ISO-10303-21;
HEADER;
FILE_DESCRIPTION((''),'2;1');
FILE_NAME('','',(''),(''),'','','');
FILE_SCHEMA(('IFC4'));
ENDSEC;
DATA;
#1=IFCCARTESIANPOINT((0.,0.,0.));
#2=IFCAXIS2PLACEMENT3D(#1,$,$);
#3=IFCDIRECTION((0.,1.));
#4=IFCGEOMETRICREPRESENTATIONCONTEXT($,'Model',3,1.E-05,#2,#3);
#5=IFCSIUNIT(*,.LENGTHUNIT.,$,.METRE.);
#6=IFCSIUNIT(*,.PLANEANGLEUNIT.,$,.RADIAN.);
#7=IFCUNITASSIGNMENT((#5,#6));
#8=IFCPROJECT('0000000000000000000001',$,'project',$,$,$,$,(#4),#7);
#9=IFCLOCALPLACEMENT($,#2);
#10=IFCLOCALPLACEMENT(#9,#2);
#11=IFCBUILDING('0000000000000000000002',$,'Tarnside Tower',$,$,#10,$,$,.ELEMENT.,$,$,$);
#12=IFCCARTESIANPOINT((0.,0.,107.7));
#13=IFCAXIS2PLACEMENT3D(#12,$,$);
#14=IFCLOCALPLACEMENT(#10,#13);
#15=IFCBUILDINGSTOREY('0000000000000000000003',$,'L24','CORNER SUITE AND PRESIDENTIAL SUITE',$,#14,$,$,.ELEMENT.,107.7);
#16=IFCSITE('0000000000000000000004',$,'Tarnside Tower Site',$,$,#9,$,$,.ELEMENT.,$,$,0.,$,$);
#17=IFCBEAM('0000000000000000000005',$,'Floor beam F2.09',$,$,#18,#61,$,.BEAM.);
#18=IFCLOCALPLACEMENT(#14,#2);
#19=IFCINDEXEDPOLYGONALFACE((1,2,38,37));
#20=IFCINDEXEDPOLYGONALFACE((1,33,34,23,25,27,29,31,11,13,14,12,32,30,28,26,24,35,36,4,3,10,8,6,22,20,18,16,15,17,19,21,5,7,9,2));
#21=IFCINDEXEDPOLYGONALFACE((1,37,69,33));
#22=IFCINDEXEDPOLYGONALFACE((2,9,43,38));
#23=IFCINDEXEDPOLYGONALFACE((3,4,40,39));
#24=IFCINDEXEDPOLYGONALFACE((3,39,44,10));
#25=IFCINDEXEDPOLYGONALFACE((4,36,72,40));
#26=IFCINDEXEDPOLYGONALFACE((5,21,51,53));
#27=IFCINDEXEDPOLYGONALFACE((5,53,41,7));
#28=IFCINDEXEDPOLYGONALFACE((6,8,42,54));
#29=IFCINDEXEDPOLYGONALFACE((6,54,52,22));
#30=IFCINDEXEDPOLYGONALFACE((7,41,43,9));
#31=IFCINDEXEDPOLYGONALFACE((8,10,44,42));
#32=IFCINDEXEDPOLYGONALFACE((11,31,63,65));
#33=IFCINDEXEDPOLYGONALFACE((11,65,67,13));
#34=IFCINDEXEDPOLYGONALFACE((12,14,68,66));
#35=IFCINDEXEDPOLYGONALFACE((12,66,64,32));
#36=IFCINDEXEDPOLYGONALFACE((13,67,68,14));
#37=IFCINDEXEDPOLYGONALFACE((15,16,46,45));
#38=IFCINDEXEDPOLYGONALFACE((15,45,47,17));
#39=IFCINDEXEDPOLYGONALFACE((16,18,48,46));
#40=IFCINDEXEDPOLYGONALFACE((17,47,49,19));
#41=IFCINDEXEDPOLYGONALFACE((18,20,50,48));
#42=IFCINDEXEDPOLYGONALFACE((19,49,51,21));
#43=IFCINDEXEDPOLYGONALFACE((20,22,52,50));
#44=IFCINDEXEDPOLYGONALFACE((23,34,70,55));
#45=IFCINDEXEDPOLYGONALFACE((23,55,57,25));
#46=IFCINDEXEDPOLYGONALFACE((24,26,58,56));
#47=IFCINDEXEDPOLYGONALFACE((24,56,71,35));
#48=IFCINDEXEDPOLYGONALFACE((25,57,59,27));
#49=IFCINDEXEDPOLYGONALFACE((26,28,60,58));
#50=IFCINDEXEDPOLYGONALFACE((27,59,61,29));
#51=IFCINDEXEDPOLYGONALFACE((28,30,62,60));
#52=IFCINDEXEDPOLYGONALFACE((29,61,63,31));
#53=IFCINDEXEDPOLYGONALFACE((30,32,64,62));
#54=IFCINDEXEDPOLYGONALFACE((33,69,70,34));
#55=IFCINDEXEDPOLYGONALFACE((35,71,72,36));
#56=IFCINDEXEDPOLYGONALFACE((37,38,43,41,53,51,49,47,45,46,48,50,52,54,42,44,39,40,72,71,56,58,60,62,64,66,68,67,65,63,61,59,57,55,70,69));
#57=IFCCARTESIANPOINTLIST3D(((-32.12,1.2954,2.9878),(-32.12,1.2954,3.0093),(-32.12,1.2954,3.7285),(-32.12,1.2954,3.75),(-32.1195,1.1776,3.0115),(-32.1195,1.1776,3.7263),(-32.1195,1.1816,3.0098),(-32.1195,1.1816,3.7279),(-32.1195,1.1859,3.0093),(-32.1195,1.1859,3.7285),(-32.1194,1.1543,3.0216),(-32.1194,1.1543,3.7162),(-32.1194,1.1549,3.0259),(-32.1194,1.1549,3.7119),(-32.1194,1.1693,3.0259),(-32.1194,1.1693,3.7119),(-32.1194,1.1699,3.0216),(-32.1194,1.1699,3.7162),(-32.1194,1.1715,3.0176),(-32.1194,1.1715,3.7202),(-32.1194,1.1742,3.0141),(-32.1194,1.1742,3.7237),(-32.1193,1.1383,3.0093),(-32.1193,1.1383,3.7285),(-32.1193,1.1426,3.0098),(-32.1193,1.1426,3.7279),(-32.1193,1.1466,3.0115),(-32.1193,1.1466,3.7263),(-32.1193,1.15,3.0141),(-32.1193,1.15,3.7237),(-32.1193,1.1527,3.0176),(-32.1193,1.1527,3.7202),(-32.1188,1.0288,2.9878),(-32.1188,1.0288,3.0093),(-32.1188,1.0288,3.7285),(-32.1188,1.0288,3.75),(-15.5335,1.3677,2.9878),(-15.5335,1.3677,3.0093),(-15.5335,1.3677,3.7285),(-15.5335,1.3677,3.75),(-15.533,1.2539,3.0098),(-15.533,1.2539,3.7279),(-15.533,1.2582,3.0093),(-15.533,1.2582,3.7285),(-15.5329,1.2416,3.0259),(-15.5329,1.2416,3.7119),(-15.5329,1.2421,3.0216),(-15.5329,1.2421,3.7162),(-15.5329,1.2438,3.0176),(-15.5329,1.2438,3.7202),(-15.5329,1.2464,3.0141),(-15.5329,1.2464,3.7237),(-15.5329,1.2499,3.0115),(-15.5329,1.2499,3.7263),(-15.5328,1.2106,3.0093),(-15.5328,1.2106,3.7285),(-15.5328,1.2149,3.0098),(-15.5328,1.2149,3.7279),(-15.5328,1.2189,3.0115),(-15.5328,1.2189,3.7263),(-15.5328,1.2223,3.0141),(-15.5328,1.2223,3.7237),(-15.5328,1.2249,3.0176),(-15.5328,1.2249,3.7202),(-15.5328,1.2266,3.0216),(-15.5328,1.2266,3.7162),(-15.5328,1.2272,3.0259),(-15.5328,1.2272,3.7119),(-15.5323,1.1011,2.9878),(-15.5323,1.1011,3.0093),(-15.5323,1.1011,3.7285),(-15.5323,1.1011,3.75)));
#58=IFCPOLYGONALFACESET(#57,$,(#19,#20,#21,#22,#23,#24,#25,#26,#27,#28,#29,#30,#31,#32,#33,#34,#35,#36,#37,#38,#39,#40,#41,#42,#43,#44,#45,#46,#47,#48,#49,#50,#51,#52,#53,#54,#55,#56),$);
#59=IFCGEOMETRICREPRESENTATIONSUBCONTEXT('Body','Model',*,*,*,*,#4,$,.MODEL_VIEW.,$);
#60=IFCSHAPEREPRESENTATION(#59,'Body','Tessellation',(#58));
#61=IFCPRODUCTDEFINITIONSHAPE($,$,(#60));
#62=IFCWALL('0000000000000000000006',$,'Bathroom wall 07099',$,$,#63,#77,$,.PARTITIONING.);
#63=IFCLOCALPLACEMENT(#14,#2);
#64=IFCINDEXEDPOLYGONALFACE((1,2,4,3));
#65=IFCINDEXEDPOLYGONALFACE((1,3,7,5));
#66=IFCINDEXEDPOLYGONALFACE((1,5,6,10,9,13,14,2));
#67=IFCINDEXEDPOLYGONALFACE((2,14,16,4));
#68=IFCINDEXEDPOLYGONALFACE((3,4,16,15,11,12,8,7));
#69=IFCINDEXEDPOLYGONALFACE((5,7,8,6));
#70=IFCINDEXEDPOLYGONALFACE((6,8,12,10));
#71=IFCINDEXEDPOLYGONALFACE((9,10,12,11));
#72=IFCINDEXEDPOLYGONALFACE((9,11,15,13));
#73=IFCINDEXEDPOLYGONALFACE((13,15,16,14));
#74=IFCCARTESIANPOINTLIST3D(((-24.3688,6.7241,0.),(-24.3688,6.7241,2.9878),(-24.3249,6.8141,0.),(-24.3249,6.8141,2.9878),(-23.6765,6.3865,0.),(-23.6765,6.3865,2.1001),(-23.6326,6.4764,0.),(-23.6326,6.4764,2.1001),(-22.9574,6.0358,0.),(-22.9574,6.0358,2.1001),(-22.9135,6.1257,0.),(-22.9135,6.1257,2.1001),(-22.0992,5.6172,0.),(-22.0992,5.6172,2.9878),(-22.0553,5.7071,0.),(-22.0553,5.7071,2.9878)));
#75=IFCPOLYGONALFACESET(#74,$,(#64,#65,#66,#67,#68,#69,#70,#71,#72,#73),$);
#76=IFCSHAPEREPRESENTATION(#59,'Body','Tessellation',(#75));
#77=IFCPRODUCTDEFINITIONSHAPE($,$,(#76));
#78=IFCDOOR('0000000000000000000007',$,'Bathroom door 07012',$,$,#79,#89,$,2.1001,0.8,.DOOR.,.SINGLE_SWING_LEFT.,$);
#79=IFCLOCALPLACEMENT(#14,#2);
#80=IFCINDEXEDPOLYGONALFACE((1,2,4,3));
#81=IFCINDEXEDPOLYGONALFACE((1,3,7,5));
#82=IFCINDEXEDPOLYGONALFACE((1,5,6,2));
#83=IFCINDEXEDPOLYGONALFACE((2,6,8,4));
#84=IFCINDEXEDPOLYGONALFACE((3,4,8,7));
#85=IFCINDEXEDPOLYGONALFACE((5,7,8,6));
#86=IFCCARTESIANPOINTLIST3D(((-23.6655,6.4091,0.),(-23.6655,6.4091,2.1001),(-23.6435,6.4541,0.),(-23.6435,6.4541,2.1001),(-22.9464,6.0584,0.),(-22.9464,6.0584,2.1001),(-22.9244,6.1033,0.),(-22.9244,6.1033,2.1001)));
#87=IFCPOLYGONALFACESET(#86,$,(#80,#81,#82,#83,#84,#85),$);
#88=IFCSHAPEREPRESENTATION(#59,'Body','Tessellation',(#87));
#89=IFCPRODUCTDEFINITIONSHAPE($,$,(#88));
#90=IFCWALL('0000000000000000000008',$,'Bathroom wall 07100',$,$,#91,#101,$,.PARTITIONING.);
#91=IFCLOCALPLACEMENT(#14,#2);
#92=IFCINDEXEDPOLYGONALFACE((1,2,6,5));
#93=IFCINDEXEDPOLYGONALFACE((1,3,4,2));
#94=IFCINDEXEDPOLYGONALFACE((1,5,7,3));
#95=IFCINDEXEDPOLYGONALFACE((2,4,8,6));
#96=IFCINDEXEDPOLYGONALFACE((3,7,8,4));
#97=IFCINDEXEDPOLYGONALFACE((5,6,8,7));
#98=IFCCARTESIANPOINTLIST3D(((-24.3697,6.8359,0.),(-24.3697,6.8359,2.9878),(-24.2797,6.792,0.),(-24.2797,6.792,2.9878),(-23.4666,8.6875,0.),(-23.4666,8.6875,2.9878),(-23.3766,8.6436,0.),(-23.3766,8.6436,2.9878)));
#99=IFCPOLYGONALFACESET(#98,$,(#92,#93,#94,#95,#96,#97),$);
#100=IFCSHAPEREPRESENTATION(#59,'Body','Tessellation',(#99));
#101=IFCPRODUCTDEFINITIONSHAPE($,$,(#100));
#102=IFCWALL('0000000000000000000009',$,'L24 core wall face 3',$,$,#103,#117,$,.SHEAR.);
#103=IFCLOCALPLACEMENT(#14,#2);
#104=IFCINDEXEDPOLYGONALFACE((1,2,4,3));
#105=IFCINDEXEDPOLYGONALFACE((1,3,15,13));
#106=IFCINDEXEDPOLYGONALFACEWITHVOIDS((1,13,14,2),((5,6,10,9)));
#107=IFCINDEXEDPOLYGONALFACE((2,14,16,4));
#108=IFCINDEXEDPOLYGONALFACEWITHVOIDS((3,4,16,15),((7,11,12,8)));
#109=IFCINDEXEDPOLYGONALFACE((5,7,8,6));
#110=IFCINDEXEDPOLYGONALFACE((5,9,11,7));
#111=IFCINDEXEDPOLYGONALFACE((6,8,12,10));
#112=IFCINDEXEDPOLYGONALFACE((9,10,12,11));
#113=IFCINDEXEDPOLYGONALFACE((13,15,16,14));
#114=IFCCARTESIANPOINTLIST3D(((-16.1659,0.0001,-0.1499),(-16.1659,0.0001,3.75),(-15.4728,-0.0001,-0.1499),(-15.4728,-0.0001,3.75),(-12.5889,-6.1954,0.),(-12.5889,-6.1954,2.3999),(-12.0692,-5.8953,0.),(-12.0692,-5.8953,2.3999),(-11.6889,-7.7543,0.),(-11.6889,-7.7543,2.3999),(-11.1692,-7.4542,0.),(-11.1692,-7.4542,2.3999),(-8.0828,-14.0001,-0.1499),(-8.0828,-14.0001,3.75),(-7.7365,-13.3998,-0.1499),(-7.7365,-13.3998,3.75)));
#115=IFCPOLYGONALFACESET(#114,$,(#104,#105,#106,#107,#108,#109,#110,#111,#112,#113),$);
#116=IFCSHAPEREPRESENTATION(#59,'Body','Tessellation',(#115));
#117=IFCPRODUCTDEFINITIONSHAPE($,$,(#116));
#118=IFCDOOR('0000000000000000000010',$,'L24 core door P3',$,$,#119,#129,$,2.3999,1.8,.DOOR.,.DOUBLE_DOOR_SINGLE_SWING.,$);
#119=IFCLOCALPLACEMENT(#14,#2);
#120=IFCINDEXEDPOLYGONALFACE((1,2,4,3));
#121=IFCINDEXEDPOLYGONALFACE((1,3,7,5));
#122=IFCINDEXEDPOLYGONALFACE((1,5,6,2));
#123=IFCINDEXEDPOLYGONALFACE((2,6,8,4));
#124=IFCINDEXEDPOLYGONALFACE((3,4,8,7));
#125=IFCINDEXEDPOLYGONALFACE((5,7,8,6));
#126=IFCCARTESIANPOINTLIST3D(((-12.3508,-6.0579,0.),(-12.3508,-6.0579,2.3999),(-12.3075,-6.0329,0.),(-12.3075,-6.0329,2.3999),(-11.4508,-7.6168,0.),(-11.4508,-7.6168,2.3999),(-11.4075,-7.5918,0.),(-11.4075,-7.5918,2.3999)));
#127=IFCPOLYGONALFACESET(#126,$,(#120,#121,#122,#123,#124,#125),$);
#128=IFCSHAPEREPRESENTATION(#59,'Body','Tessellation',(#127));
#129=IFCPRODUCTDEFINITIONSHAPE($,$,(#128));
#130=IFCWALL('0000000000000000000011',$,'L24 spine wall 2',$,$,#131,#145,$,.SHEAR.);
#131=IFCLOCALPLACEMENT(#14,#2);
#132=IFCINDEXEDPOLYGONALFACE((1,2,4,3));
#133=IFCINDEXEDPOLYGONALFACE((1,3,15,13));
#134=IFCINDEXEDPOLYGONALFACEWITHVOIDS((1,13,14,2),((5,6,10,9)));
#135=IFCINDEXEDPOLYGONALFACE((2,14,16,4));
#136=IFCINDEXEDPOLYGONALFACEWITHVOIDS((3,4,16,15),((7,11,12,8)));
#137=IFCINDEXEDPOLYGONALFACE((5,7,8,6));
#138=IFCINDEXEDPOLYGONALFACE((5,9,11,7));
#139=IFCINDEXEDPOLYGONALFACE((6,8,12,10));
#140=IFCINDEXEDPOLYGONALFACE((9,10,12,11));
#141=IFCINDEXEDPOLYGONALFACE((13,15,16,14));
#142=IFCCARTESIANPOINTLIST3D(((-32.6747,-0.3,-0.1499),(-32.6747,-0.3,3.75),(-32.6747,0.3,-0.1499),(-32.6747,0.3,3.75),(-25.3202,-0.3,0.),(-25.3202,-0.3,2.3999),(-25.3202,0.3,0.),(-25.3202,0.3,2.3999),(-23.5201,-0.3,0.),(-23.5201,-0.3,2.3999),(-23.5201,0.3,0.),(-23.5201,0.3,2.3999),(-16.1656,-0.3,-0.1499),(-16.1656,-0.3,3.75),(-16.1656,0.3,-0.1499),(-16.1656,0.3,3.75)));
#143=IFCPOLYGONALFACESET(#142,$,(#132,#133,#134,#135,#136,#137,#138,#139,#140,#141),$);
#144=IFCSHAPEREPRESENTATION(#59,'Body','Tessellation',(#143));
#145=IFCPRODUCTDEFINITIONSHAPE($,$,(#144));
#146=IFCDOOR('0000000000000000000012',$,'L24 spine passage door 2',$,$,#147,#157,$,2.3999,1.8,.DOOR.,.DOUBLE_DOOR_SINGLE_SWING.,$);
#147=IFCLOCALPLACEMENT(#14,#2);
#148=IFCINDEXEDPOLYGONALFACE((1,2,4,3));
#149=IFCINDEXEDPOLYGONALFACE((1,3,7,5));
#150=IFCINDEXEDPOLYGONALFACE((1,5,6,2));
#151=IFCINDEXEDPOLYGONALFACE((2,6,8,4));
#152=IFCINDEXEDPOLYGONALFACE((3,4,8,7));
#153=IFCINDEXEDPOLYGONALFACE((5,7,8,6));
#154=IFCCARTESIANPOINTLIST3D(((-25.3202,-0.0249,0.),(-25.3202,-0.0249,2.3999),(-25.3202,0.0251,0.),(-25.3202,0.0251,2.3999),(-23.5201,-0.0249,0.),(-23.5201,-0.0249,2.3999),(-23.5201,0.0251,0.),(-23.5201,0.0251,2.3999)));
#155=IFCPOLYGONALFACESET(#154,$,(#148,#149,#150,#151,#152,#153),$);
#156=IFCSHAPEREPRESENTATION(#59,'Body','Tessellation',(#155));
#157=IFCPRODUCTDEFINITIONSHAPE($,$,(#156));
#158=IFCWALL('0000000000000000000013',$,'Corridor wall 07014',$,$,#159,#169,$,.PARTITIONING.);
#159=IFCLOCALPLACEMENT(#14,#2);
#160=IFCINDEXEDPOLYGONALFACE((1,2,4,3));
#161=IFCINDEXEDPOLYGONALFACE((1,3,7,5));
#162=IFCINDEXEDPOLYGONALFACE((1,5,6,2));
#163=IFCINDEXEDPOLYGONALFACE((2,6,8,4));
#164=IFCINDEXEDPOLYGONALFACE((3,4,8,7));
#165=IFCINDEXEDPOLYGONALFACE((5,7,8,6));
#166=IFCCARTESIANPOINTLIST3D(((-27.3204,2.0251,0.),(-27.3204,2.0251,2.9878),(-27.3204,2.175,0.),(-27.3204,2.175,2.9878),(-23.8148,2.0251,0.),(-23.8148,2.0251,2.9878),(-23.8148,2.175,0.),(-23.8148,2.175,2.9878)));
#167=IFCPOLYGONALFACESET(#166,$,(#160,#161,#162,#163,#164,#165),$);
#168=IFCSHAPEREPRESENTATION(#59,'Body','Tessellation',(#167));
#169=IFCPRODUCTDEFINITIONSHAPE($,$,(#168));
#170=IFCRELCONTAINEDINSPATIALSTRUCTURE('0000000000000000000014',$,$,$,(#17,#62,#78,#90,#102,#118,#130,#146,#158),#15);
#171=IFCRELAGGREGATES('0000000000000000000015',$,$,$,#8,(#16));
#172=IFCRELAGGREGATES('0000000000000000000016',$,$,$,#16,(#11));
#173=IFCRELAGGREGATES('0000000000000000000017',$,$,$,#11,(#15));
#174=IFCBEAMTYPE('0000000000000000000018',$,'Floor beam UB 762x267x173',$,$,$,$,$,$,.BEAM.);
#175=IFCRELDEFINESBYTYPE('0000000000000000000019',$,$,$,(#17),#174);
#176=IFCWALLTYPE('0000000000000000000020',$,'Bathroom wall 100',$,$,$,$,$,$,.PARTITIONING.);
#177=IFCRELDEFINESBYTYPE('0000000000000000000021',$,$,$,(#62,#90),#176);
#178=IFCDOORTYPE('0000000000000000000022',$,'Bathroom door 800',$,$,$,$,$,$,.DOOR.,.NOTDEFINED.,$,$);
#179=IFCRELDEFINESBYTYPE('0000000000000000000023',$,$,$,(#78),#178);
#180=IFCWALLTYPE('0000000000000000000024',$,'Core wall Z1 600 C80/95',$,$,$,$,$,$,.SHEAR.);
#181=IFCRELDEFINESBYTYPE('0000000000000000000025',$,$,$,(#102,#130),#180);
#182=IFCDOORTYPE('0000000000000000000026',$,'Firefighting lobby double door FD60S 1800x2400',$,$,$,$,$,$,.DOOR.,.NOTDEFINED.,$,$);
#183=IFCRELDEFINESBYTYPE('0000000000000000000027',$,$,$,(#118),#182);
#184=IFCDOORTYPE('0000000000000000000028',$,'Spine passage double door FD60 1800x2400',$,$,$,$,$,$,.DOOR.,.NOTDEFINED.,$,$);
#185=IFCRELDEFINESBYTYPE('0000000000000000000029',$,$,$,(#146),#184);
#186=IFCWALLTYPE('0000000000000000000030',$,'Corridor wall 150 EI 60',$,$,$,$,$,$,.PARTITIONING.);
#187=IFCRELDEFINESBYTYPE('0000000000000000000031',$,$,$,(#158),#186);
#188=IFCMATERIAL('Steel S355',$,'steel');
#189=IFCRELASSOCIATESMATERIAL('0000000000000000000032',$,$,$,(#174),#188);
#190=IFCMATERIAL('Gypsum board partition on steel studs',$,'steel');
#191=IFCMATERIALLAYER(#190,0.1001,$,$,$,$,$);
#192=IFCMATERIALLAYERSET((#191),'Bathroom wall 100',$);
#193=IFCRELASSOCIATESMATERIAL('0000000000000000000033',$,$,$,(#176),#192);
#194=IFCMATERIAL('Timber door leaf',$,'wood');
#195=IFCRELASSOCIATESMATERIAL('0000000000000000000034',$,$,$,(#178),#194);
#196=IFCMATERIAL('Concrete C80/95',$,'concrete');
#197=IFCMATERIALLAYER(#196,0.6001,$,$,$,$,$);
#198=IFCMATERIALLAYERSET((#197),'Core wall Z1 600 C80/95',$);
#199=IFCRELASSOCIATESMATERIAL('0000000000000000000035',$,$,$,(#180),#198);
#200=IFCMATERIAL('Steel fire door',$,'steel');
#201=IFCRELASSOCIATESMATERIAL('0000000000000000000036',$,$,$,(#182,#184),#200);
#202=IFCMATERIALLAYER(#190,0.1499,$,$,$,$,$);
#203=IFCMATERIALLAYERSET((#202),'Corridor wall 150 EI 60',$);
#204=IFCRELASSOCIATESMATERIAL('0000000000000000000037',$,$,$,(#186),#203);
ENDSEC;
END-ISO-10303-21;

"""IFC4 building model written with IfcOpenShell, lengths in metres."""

from ifc_helpers import new_model, si_unit, direction, frame, frame_2d, origin, origin_2d, place, context, subcontext, project, spatial, polyline, rectangle, i_section, outline, extrude, material, layer, layer_set, material_profile, profile_set, type_object, element, fill, save


model = new_model("IFC4")

# Units and contexts
model_context = context("Model", 3, precision=1e-05, world=origin(), true_north=direction((0.0, 1.0)))
body_context = subcontext(model_context, "Body", "Model", "MODEL_VIEW")
ifc_project = project(units=[si_unit("LENGTHUNIT", "METRE"), si_unit("PLANEANGLEUNIT", "RADIAN")], contexts=[model_context])

# Site, building, storey
site_placement = place(None, origin())
site = spatial("IfcSite", under=ifc_project, at=site_placement, Name="Tarnside Tower Site", CompositionType="ELEMENT", RefElevation=0.0)
building_placement = place(site_placement, origin())
building = spatial("IfcBuilding", under=site, at=building_placement, Name="Tarnside Tower", CompositionType="ELEMENT")
storey_placement = place(building_placement, frame((0.0, 0.0, 107.7)))
storey = spatial("IfcBuildingStorey", under=building, at=storey_placement, Name="L24", Description="CORNER SUITE AND PRESIDENTIAL SUITE", CompositionType="ELEMENT", Elevation=107.7)

# Beam
ifc_material_1 = material(Name="Steel S355", Category="steel")
ifc_material_profile_1 = material_profile(ifc_material_1, i_section(OverallWidth=0.2666, OverallDepth=0.7622, WebThickness=0.0144, FlangeThickness=0.0215, FilletRadius=0.0166, at=origin_2d()), Name="UB 762x267x173")
ifc_profile_set_1 = profile_set([ifc_material_profile_1], Name="Steel S355")
beam_type_1 = type_object("IfcBeamType", Name="Floor beam UB 762x267x173", PredefinedType="BEAM", material=ifc_profile_set_1)
beam_1_placement = place(storey_placement, frame((-32.1194, 1.1621, 3.3689), z_axis=(0.999991, 0.004357, 0.0), x_axis=(-0.004357, 0.999991, 0.0)))
element("IfcBeam", 1, at=beam_1_placement, inside=storey, type_object=beam_type_1, Name="Floor beam F2.09", PredefinedType="BEAM", context=body_context, shape_type="SweptSolid", body=[
    extrude(i_section(OverallWidth=0.2666, OverallDepth=0.7622, WebThickness=0.0144, FlangeThickness=0.0215, FilletRadius=0.0166, at=origin_2d()), origin(), (0.0, 0.0, 1.0), 16.5867),
])

# Wall, opening, door
ifc_material_2 = material(Name="Gypsum board partition on steel studs", Category="steel")
ifc_layer_1 = layer(ifc_material_2, 0.1001)
ifc_layer_set_1 = layer_set([ifc_layer_1], Name="Bathroom wall 100")
wall_type_1 = type_object("IfcWallType", Name="Bathroom wall 100", PredefinedType="PARTITIONING", material=ifc_layer_set_1)
wall_1_placement = place(storey_placement, frame((-22.0771, 5.6621, 0.0), z_axis=(0.0, 0.0, 1.0), x_axis=(-0.898793, 0.438374, 0.0)))
wall_1 = element("IfcWall", 2, at=wall_1_placement, inside=storey, type_object=wall_type_1, Name="Bathroom wall 07099", PredefinedType="PARTITIONING", context=body_context, shape_type="SweptSolid", body=[
    extrude(rectangle(XDim=2.5251, YDim=0.1001, at=frame_2d((1.2627, 0.0))), origin(), (0.0, 0.0, 1.0), 2.9878),
])
opening_1_placement = place(wall_1_placement, frame((0.9551, 0.0, 0.0)))
opening_1 = element("IfcOpeningElement", 3, at=opening_1_placement, cuts=wall_1, PredefinedType="OPENING", context=body_context, shape_type="SweptSolid", body=[
    extrude(rectangle(XDim=0.8, YDim=2.1001, at=frame_2d((0.3999, 1.05))), frame((0.0, 0.0601, 0.0), z_axis=(0.0, -1.0, 0.0), x_axis=(1.0, 0.0, 0.0)), (0.0, 0.0, 1.0), 0.1201),
])
ifc_material_3 = material(Name="Timber door leaf", Category="wood")
door_type_1 = type_object("IfcDoorType", Name="Bathroom door 800", OperationType="NOTDEFINED", PredefinedType="DOOR", material=ifc_material_3)
door_1_placement = place(opening_1_placement, origin())
door_1 = element("IfcDoor", 4, at=door_1_placement, inside=storey, type_object=door_type_1, Name="Bathroom door 07012", OperationType="SINGLE_SWING_LEFT", OverallHeight=2.1001, OverallWidth=0.8, PredefinedType="DOOR", context=body_context, shape_type="SweptSolid", body=[
    extrude(rectangle(XDim=0.8, YDim=2.1001, at=frame_2d((0.3999, 1.05))), frame((0.0, 0.0249, 0.0), z_axis=(0.0, -1.0, 0.0), x_axis=(1.0, 0.0, 0.0)), (0.0, 0.0, 1.0), 0.05),
])
fill(opening_1, door_1)

# Wall
wall_2_placement = place(storey_placement, frame((-24.3247, 6.814, 0.0), z_axis=(0.0, 0.0, 1.0), x_axis=(0.438375, 0.898792, 0.0)))
element("IfcWall", 5, at=wall_2_placement, inside=storey, type_object=wall_type_1, Name="Bathroom wall 07100", PredefinedType="PARTITIONING", context=body_context, shape_type="SweptSolid", body=[
    extrude(rectangle(XDim=2.0601, YDim=0.1001, at=frame_2d((1.03, 0.0))), origin(), (0.0, 0.0, 1.0), 2.9878),
])

# Walls, openings, doors
ifc_material_4 = material(Name="Concrete C80/95", Category="concrete")
ifc_layer_2 = layer(ifc_material_4, 0.6001)
ifc_layer_set_2 = layer_set([ifc_layer_2], Name="Core wall Z1 600 C80/95")
wall_type_2 = type_object("IfcWallType", Name="Core wall Z1 600 C80/95", PredefinedType="SHEAR", material=ifc_layer_set_2)
wall_3_placement = place(storey_placement, frame((-15.8193, 0.0, -0.1499), z_axis=(0.0, 0.0, 1.0), x_axis=(0.5, -0.866025, 0.0)))
wall_3 = element("IfcWall", 6, at=wall_3_placement, inside=storey, type_object=wall_type_2, Name="L24 core wall face 3", PredefinedType="SHEAR", context=body_context, shape_type="SweptSolid", body=[
    extrude(outline(polyline([(-0.1733, -0.3), (15.9927, -0.3), (15.646, 0.3), (0.1733, 0.3), (-0.1733, -0.3)])), origin(), (0.0, 0.0, 1.0), 3.8999),
])
opening_2_placement = place(wall_3_placement, frame((6.9807, 0.0, 0.1499)))
opening_2 = element("IfcOpeningElement", 7, at=opening_2_placement, cuts=wall_3, PredefinedType="OPENING", context=body_context, shape_type="SweptSolid", body=[
    extrude(rectangle(XDim=1.8, YDim=2.3999, at=frame_2d((0.8999, 1.2))), frame((0.0, 0.3101, 0.0), z_axis=(0.0, -1.0, 0.0), x_axis=(1.0, 0.0, 0.0)), (0.0, 0.0, 1.0), 0.6201),
])
ifc_material_5 = material(Name="Steel fire door", Category="steel")
door_type_2 = type_object("IfcDoorType", Name="Firefighting lobby double door FD60S 1800x2400", OperationType="NOTDEFINED", PredefinedType="DOOR", material=ifc_material_5)
door_2_placement = place(opening_2_placement, origin())
door_2 = element("IfcDoor", 8, at=door_2_placement, inside=storey, type_object=door_type_2, Name="L24 core door P3", OperationType="DOUBLE_DOOR_SINGLE_SWING", OverallHeight=2.3999, OverallWidth=1.8, PredefinedType="DOOR", context=body_context, shape_type="SweptSolid", body=[
    extrude(rectangle(XDim=1.8, YDim=2.3999, at=frame_2d((0.8999, 1.2))), frame((0.0, 0.0249, 0.0), z_axis=(0.0, -1.0, 0.0), x_axis=(1.0, 0.0, 0.0)), (0.0, 0.0, 1.0), 0.05),
])
fill(opening_2, door_2)
wall_4_placement = place(storey_placement, frame((-16.1658, 0.0, -0.1499), z_axis=(0.0, 0.0, 1.0), x_axis=(-1.0, 0.0, 0.0)))
wall_4 = element("IfcWall", 9, at=wall_4_placement, inside=storey, type_object=wall_type_2, Name="L24 spine wall 2", PredefinedType="SHEAR", context=body_context, shape_type="SweptSolid", body=[
    extrude(rectangle(XDim=16.509, YDim=0.6001, at=frame_2d((8.2544, 0.0))), origin(), (0.0, 0.0, 1.0), 3.8999),
])
opening_3_placement = place(wall_4_placement, frame((7.3545, 0.0, 0.1499)))
opening_3 = element("IfcOpeningElement", 10, at=opening_3_placement, cuts=wall_4, PredefinedType="OPENING", context=body_context, shape_type="SweptSolid", body=[
    extrude(rectangle(XDim=1.8, YDim=2.3999, at=frame_2d((0.8999, 1.2))), frame((0.0, 0.3101, 0.0), z_axis=(0.0, -1.0, 0.0), x_axis=(1.0, 0.0, 0.0)), (0.0, 0.0, 1.0), 0.6201),
])
door_type_3 = type_object("IfcDoorType", Name="Spine passage double door FD60 1800x2400", OperationType="NOTDEFINED", PredefinedType="DOOR", material=ifc_material_5)
door_3_placement = place(opening_3_placement, origin())
door_3 = element("IfcDoor", 11, at=door_3_placement, inside=storey, type_object=door_type_3, Name="L24 spine passage door 2", OperationType="DOUBLE_DOOR_SINGLE_SWING", OverallHeight=2.3999, OverallWidth=1.8, PredefinedType="DOOR", context=body_context, shape_type="SweptSolid", body=[
    extrude(rectangle(XDim=1.8, YDim=2.3999, at=frame_2d((0.8999, 1.2))), frame((0.0, 0.0249, 0.0), z_axis=(0.0, -1.0, 0.0), x_axis=(1.0, 0.0, 0.0)), (0.0, 0.0, 1.0), 0.05),
])
fill(opening_3, door_3)

# Wall
ifc_layer_3 = layer(ifc_material_2, 0.1499)
ifc_layer_set_3 = layer_set([ifc_layer_3], Name="Corridor wall 150 EI 60")
wall_type_3 = type_object("IfcWallType", Name="Corridor wall 150 EI 60", PredefinedType="PARTITIONING", material=ifc_layer_set_3)
wall_5_placement = place(storey_placement, frame((-23.8147, 2.1001, 0.0), z_axis=(0.0, 0.0, 1.0), x_axis=(-1.0, 0.0, 0.0)))
element("IfcWall", 12, at=wall_5_placement, inside=storey, type_object=wall_type_3, Name="Corridor wall 07014", PredefinedType="PARTITIONING", context=body_context, shape_type="SweptSolid", body=[
    extrude(rectangle(XDim=3.5056, YDim=0.1499, at=frame_2d((1.7529, 0.0))), origin(), (0.0, 0.0, 1.0), 2.9878),
])

save(model, "model.ifc")
